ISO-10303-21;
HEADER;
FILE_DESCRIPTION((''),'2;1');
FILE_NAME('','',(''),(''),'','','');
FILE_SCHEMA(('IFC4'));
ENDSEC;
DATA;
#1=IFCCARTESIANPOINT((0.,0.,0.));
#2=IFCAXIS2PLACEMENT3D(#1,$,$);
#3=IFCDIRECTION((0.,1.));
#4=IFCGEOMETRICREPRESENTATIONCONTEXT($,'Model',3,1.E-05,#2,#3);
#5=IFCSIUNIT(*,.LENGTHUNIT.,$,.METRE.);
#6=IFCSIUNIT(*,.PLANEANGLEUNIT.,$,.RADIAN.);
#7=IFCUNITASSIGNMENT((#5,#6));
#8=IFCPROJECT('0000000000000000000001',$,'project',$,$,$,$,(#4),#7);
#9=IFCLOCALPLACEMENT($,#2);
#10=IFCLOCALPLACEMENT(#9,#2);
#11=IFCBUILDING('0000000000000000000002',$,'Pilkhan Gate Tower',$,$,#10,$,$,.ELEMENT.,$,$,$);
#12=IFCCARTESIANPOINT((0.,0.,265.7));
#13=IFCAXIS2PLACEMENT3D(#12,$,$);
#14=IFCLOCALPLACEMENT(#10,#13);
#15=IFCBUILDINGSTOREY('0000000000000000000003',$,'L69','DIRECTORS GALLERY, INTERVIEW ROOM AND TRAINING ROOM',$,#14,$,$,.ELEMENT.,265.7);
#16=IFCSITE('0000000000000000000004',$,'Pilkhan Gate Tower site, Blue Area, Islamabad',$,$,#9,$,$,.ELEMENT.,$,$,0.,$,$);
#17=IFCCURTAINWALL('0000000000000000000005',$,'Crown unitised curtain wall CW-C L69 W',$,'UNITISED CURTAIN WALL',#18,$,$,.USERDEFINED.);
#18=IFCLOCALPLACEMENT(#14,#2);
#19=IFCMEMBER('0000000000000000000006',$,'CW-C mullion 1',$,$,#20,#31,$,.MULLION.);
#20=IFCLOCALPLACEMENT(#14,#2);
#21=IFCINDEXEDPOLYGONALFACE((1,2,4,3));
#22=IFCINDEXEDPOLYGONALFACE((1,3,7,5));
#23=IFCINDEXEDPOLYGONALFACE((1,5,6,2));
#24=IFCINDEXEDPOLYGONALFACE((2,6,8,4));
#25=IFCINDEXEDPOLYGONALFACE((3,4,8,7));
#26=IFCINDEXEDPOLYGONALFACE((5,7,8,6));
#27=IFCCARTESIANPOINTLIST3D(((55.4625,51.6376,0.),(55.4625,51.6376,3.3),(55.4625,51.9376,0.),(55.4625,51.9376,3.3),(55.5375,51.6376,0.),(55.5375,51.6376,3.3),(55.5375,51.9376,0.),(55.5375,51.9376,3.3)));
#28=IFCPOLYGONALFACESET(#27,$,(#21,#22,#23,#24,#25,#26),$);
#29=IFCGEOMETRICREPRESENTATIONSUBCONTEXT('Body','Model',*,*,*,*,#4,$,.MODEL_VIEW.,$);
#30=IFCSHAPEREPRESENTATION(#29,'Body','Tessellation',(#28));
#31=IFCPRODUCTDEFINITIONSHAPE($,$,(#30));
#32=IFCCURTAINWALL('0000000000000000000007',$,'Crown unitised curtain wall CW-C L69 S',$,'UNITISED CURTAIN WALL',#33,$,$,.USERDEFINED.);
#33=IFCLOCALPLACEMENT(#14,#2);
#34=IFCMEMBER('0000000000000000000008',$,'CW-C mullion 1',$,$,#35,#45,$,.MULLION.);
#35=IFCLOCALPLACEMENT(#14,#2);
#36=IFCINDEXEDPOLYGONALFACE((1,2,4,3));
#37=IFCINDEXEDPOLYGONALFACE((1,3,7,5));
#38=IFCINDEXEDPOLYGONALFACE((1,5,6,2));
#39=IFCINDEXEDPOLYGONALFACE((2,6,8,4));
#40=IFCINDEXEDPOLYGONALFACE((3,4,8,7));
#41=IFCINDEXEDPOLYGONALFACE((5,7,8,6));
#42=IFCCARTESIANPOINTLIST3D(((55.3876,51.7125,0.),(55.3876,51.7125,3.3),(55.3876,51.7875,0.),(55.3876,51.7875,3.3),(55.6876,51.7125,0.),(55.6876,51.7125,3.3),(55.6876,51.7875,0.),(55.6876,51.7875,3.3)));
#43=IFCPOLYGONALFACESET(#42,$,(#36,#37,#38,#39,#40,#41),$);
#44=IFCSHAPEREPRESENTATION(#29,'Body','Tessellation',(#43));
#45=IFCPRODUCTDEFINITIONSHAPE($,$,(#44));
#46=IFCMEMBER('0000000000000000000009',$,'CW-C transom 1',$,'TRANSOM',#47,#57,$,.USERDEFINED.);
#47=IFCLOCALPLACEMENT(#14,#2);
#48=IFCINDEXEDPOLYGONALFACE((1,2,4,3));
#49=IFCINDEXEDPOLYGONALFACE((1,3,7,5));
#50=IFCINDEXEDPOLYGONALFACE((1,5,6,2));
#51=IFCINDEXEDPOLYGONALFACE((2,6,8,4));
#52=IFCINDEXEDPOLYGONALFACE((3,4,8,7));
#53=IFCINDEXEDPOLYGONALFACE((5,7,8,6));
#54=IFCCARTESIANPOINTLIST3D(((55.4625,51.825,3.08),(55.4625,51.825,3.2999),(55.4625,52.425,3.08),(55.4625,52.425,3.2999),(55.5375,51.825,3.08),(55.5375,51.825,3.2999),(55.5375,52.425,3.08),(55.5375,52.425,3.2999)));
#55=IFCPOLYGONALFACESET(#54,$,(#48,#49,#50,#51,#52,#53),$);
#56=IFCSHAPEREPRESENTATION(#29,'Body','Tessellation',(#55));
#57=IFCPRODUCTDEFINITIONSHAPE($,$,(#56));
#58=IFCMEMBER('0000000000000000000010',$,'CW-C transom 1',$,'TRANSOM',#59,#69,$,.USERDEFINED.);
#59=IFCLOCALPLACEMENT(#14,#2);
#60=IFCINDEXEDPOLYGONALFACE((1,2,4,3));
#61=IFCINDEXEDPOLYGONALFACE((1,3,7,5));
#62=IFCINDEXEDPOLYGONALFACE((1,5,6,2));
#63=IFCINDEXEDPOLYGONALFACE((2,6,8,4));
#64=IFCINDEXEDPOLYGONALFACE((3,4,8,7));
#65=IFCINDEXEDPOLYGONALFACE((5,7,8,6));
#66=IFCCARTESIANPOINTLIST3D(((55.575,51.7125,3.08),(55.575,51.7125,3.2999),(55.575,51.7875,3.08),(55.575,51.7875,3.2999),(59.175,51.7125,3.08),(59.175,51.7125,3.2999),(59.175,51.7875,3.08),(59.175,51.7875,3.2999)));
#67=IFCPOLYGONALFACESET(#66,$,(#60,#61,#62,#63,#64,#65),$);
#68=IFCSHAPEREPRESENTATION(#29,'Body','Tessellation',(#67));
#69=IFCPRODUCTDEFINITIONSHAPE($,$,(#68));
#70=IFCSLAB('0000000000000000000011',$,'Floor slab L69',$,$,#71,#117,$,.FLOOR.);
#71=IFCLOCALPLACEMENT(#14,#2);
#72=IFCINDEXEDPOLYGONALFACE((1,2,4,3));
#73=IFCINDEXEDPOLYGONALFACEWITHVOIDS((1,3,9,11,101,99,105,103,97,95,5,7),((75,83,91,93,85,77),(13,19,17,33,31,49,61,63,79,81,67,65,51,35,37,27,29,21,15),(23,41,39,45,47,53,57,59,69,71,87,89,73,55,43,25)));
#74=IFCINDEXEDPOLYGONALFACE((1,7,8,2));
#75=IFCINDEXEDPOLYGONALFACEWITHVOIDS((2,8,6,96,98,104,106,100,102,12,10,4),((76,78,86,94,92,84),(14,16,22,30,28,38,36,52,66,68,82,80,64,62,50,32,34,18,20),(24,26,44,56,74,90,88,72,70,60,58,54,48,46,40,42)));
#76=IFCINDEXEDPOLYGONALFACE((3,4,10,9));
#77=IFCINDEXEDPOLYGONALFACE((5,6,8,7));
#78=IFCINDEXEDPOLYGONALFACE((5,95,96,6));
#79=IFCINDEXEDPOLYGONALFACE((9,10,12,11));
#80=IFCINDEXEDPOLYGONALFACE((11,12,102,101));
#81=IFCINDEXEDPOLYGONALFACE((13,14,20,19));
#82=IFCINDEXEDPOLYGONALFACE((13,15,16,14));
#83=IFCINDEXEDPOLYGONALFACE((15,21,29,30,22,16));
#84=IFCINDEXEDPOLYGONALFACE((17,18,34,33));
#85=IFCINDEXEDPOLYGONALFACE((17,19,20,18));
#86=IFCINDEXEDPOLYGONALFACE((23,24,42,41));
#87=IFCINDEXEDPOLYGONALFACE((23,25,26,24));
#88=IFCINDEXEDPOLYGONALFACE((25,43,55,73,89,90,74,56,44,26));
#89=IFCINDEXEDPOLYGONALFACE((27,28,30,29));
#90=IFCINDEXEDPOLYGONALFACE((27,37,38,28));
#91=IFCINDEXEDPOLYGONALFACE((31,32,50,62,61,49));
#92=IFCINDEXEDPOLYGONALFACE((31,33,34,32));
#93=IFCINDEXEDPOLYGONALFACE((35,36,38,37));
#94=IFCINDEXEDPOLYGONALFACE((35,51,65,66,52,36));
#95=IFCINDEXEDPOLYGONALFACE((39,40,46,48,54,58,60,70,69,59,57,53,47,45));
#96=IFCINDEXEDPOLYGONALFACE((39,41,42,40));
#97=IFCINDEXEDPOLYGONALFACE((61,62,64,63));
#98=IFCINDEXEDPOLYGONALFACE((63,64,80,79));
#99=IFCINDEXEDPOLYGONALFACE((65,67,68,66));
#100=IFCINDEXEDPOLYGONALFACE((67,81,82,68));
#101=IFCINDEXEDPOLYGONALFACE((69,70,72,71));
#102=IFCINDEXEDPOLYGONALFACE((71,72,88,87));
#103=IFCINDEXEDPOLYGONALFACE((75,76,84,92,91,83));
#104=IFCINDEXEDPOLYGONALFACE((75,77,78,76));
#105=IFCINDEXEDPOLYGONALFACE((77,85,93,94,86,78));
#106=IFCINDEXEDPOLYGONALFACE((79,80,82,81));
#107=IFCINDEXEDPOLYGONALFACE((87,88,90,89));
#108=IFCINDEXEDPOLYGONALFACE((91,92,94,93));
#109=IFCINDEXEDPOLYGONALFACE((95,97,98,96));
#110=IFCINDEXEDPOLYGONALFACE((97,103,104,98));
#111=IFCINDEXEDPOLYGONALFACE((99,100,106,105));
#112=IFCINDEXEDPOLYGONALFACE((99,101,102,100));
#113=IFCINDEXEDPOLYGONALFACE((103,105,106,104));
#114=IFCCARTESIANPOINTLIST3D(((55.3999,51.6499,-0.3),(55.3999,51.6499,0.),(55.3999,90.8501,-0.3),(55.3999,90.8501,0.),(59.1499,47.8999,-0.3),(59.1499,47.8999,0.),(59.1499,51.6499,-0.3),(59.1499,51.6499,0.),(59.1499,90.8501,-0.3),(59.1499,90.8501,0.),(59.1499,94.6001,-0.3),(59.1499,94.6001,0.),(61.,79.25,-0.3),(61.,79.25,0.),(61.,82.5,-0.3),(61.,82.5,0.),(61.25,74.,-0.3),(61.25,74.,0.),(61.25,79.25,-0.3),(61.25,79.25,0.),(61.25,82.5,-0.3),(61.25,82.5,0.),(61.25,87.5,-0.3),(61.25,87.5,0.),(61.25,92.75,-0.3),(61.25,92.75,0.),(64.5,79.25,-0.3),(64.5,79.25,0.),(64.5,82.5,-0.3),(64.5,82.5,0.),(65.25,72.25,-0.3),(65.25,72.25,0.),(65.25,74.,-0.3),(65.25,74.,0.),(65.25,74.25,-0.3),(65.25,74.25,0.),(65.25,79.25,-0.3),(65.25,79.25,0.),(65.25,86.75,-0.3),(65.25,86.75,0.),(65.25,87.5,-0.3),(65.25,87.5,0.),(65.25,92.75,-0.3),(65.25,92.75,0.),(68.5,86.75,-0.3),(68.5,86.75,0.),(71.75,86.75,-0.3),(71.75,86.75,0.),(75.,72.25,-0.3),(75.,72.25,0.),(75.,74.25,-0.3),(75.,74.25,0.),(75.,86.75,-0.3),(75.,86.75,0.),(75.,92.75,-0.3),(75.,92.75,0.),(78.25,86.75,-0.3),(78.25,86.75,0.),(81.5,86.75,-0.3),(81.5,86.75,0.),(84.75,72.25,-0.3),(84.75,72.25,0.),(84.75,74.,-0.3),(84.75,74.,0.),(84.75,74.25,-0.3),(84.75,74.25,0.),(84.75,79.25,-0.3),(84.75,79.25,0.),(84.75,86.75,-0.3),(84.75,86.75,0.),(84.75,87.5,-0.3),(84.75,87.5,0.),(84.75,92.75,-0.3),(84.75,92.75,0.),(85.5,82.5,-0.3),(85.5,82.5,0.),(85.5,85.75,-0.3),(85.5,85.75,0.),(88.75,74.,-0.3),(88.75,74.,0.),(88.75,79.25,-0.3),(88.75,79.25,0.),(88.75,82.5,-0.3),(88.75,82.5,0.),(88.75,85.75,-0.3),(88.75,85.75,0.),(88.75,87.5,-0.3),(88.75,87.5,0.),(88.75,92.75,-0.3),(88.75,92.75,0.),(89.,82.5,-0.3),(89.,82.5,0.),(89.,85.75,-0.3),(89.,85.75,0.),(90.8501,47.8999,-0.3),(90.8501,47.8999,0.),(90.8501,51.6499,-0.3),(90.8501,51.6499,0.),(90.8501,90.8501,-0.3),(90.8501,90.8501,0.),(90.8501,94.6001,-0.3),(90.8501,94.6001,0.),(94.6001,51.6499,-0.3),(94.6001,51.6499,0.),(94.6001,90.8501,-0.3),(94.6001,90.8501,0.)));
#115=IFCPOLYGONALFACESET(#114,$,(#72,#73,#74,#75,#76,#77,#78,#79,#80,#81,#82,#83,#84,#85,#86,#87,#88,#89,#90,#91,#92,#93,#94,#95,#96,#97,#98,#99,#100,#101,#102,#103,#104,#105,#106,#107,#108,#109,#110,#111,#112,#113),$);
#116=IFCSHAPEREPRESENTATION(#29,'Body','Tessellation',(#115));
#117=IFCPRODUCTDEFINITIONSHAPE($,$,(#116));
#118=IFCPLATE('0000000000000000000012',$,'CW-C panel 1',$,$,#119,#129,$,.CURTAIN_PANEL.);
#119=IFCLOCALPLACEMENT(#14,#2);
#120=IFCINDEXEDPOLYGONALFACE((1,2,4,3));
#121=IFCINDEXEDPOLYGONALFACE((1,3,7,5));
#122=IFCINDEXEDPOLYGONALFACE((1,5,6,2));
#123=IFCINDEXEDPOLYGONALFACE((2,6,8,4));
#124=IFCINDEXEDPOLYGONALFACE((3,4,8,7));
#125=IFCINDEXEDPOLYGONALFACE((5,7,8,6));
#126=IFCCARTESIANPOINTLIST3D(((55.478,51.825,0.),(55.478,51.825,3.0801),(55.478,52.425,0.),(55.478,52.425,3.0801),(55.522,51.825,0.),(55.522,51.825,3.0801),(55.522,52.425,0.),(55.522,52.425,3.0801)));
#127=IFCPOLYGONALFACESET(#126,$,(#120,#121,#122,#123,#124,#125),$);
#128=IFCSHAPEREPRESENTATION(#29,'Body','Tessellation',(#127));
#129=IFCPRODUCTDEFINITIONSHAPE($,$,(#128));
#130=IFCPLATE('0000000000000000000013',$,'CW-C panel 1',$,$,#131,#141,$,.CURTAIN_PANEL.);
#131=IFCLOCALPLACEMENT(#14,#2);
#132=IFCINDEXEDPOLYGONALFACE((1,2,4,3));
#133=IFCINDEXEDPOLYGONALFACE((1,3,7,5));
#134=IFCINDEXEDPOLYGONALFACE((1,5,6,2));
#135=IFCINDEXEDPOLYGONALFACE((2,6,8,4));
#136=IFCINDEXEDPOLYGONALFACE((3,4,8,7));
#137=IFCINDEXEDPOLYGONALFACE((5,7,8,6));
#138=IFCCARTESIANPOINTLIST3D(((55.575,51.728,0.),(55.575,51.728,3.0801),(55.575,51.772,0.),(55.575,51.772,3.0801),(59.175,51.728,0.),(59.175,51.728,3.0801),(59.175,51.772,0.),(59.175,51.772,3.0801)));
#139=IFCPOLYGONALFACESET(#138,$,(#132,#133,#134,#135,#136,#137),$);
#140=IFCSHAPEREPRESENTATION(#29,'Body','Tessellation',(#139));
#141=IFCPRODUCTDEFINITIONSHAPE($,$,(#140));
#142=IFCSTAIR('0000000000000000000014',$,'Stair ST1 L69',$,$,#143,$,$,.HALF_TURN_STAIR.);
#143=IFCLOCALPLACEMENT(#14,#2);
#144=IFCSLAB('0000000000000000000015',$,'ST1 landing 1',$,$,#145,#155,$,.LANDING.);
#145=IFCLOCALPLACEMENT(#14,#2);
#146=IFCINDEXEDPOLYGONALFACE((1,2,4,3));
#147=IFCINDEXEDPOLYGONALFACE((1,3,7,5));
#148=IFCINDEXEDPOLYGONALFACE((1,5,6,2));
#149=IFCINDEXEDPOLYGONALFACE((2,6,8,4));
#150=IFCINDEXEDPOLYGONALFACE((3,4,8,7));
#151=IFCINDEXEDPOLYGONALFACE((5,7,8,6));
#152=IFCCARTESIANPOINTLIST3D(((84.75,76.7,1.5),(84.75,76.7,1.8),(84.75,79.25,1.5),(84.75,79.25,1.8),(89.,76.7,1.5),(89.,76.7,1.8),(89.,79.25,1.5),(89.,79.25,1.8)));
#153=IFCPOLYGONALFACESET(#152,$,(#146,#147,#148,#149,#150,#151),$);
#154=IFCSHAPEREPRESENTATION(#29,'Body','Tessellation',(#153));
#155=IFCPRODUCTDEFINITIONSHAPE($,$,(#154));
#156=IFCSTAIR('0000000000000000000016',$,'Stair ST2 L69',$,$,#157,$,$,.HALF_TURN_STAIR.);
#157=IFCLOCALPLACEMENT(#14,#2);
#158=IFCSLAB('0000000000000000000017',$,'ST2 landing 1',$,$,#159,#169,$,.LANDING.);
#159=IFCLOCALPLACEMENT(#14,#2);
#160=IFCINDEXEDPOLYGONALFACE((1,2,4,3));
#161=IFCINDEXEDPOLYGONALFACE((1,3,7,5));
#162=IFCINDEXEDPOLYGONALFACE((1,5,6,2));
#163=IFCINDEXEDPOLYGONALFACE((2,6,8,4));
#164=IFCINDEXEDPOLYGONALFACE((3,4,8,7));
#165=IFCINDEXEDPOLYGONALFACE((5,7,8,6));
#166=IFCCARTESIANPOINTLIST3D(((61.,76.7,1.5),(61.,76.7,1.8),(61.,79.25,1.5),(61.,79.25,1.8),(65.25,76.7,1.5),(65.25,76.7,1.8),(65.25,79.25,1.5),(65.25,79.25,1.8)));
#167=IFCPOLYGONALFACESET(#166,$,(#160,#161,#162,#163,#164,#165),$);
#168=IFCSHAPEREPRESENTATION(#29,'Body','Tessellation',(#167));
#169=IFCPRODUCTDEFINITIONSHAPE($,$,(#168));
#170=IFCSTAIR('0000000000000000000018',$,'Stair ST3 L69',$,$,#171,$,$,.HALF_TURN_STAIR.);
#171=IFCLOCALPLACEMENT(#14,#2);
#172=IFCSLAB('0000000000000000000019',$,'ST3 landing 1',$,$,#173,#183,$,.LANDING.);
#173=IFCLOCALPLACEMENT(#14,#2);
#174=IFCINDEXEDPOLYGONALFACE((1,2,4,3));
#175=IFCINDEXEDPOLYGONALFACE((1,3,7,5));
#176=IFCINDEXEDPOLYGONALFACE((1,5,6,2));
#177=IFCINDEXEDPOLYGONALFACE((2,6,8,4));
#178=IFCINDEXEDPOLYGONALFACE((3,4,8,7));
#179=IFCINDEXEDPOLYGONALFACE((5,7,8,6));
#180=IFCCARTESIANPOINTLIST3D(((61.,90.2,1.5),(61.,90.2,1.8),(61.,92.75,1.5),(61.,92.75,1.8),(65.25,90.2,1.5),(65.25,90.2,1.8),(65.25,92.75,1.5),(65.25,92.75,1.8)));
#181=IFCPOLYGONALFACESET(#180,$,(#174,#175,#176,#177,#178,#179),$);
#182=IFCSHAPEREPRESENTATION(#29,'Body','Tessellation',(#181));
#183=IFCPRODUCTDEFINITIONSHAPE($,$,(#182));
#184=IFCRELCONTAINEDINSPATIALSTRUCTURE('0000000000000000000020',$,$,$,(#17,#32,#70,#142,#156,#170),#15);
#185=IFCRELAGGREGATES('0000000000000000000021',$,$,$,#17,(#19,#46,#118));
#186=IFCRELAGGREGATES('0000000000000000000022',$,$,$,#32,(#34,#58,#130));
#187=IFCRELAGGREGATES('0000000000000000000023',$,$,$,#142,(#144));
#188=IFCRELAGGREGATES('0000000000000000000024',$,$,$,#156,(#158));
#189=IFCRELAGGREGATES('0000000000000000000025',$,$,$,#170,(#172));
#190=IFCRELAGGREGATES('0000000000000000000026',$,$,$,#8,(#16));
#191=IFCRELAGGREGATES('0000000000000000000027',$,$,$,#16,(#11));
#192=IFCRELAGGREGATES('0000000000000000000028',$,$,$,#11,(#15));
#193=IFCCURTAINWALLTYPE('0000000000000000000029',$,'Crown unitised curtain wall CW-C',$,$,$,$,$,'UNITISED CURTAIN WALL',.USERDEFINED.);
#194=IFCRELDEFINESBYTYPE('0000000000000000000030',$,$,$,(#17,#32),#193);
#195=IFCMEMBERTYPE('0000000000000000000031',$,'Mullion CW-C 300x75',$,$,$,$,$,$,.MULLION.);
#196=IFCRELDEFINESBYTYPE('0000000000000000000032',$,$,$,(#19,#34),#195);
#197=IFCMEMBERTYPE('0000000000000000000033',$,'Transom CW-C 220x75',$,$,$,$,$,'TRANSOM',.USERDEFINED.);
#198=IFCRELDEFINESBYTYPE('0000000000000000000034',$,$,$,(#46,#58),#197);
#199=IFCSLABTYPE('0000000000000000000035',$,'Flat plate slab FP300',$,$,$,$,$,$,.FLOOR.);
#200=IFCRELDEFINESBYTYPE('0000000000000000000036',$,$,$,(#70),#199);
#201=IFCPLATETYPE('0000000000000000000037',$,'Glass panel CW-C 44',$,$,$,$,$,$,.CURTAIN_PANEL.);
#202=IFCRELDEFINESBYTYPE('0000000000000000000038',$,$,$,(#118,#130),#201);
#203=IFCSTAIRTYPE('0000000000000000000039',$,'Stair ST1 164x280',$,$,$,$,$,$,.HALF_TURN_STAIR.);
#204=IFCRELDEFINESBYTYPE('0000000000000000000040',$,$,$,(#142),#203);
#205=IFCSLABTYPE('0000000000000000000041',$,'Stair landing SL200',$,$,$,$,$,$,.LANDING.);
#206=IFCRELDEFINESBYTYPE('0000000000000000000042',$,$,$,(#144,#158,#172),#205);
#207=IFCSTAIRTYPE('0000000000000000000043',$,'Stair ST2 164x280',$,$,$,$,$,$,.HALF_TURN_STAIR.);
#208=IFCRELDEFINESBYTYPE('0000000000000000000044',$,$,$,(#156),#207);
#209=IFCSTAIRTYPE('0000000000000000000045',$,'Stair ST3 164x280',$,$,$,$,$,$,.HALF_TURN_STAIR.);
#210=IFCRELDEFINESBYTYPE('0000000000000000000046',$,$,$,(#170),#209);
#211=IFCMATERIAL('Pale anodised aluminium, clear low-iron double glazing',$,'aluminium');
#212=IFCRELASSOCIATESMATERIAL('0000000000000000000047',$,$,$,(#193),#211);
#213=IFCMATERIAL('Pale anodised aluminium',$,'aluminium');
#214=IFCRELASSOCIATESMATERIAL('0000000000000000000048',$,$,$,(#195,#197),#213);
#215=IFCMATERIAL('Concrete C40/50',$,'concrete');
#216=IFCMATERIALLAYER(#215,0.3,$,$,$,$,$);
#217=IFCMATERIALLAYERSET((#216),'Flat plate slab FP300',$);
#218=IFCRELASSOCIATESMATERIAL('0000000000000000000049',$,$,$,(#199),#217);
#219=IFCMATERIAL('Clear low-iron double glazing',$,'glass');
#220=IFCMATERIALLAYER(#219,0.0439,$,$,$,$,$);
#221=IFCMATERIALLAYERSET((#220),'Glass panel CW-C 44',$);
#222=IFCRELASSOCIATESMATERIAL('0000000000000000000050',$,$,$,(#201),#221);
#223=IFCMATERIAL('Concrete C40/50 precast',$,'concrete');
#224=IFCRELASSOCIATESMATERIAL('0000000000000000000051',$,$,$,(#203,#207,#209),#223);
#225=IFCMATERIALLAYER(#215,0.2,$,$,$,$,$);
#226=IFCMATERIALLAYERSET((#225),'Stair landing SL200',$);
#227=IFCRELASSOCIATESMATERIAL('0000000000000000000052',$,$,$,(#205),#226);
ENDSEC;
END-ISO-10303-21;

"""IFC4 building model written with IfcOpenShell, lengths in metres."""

from ifc_helpers import new_model, si_unit, direction, frame, origin, origin_2d, place, context, subcontext, project, spatial, polyline, rectangle, outline, extrude, material, layer, layer_set, material_profile, profile_set, type_object, element, aggregate, save


model = new_model("IFC4")

# Units and contexts
model_context = context("Model", 3, precision=1e-05, world=origin(), true_north=direction((0.0, 1.0)))
body_context = subcontext(model_context, "Body", "Model", "MODEL_VIEW")
ifc_project = project(units=[si_unit("LENGTHUNIT", "METRE"), si_unit("PLANEANGLEUNIT", "RADIAN")], contexts=[model_context])

# Site, building, storey
site_placement = place(None, origin())
site = spatial("IfcSite", under=ifc_project, at=site_placement, Name="Pilkhan Gate Tower site, Blue Area, Islamabad", CompositionType="ELEMENT", RefElevation=0.0)
building_placement = place(site_placement, origin())
building = spatial("IfcBuilding", under=site, at=building_placement, Name="Pilkhan Gate Tower", CompositionType="ELEMENT")
storey_placement = place(building_placement, frame((0.0, 0.0, 265.7)))
storey = spatial("IfcBuildingStorey", under=building, at=storey_placement, Name="L69", Description="DIRECTORS GALLERY, INTERVIEW ROOM AND TRAINING ROOM", CompositionType="ELEMENT", Elevation=265.7)

# Curtain walls, members
ifc_material_1 = material(Name="Pale anodised aluminium, clear low-iron double glazing", Category="aluminium")
curtain_wall_type = type_object("IfcCurtainWallType", Name="Crown unitised curtain wall CW-C", ElementType="UNITISED CURTAIN WALL", PredefinedType="USERDEFINED", material=ifc_material_1)
curtain_wall_1_placement = place(storey_placement, origin())
curtain_wall_1 = element("IfcCurtainWall", 1, at=curtain_wall_1_placement, inside=storey, type_object=curtain_wall_type, Name="Crown unitised curtain wall CW-C L69 W", ObjectType="UNITISED CURTAIN WALL", PredefinedType="USERDEFINED")
ifc_material_2 = material(Name="Pale anodised aluminium", Category="aluminium")
ifc_material_profile_1 = material_profile(ifc_material_2, rectangle(XDim=0.075, YDim=0.3, at=origin_2d()), Name="Mullion 300x75")
ifc_profile_set_1 = profile_set([ifc_material_profile_1], Name="Pale anodised aluminium")
member_type_1 = type_object("IfcMemberType", Name="Mullion CW-C 300x75", PredefinedType="MULLION", material=ifc_profile_set_1)
member_1_placement = place(storey_placement, frame((55.5, 51.7876, 0.0), z_axis=(0.0, 0.0, 1.0), x_axis=(-1.0, 0.0, 0.0)))
member_1 = element("IfcMember", 2, at=member_1_placement, type_object=member_type_1, Name="CW-C mullion 1", PredefinedType="MULLION", context=body_context, shape_type="SweptSolid", body=[
    extrude(rectangle(XDim=0.075, YDim=0.3, at=origin_2d()), origin(), (0.0, 0.0, 1.0), 3.3),
])
curtain_wall_2_placement = place(storey_placement, origin())
curtain_wall_2 = element("IfcCurtainWall", 3, at=curtain_wall_2_placement, inside=storey, type_object=curtain_wall_type, Name="Crown unitised curtain wall CW-C L69 S", ObjectType="UNITISED CURTAIN WALL", PredefinedType="USERDEFINED")
member_2_placement = place(storey_placement, frame((55.5376, 51.75, 0.0), z_axis=(0.0, 0.0, 1.0), x_axis=(0.0, 1.0, 0.0)))
member_2 = element("IfcMember", 4, at=member_2_placement, type_object=member_type_1, Name="CW-C mullion 1", PredefinedType="MULLION", context=body_context, shape_type="SweptSolid", body=[
    extrude(rectangle(XDim=0.075, YDim=0.3, at=origin_2d()), origin(), (0.0, 0.0, 1.0), 3.3),
])

# Members
ifc_material_profile_2 = material_profile(ifc_material_2, rectangle(XDim=0.075, YDim=0.22, at=origin_2d()), Name="Transom 220x75")
ifc_profile_set_2 = profile_set([ifc_material_profile_2], Name="Pale anodised aluminium")
member_type_2 = type_object("IfcMemberType", Name="Transom CW-C 220x75", ElementType="TRANSOM", PredefinedType="USERDEFINED", material=ifc_profile_set_2)
member_3_placement = place(storey_placement, frame((55.5, 51.825, 3.1899), z_axis=(0.0, 1.0, 0.0), x_axis=(-1.0, 0.0, 0.0)))
member_3 = element("IfcMember", 5, at=member_3_placement, type_object=member_type_2, Name="CW-C transom 1", ObjectType="TRANSOM", PredefinedType="USERDEFINED", context=body_context, shape_type="SweptSolid", body=[
    extrude(rectangle(XDim=0.075, YDim=0.22, at=origin_2d()), origin(), (0.0, 0.0, 1.0), 0.6001),
])
member_4_placement = place(storey_placement, frame((55.575, 51.75, 3.1899), z_axis=(1.0, 0.0, 0.0), x_axis=(0.0, 1.0, 0.0)))
member_4 = element("IfcMember", 6, at=member_4_placement, type_object=member_type_2, Name="CW-C transom 1", ObjectType="TRANSOM", PredefinedType="USERDEFINED", context=body_context, shape_type="SweptSolid", body=[
    extrude(rectangle(XDim=0.075, YDim=0.22, at=origin_2d()), origin(), (0.0, 0.0, 1.0), 3.6001),
])

# Slab
ifc_material_3 = material(Name="Concrete C40/50", Category="concrete")
ifc_layer_1 = layer(ifc_material_3, 0.3)
ifc_layer_set_1 = layer_set([ifc_layer_1], Name="Flat plate slab FP300")
slab_type_1 = type_object("IfcSlabType", Name="Flat plate slab FP300", PredefinedType="FLOOR", material=ifc_layer_set_1)
slab_1_placement = place(storey_placement, frame((0.0, 0.0, -0.3)))
element("IfcSlab", 7, at=slab_1_placement, inside=storey, type_object=slab_type_1, Name="Floor slab L69", PredefinedType="FLOOR", context=body_context, shape_type="SweptSolid", body=[
    extrude(outline(polyline([(90.8501, 47.8999), (59.1499, 47.8999), (59.1499, 51.6499), (55.3999, 51.6499), (55.3999, 90.8501), (59.1499, 90.8501), (59.1499, 94.6001), (90.8501, 94.6001), (90.8501, 90.8501), (94.6001, 90.8501), (94.6001, 51.6499), (90.8501, 51.6499), (90.8501, 47.8999)]), holes=[polyline([(68.5, 86.75), (71.75, 86.75), (75.0, 86.75), (78.25, 86.75), (81.5, 86.75), (84.75, 86.75), (84.75, 87.5), (88.75, 87.5), (88.75, 92.75), (84.75, 92.75), (75.0, 92.75), (65.25, 92.75), (61.25, 92.75), (61.25, 87.5), (65.25, 87.5), (65.25, 86.75), (68.5, 86.75)]), polyline([(84.75, 74.25), (75.0, 74.25), (65.25, 74.25), (65.25, 79.25), (64.5, 79.25), (64.5, 82.5), (61.25, 82.5), (61.0, 82.5), (61.0, 79.25), (61.25, 79.25), (61.25, 74.0), (65.25, 74.0), (65.25, 72.25), (75.0, 72.25), (84.75, 72.25), (84.75, 74.0), (88.75, 74.0), (88.75, 79.25), (84.75, 79.25), (84.75, 74.25)]), polyline([(85.5, 85.75), (85.5, 82.5), (88.75, 82.5), (89.0, 82.5), (89.0, 85.75), (88.75, 85.75), (85.5, 85.75)])]), origin(), (0.0, 0.0, 1.0), 0.3),
])

# Plates
ifc_material_4 = material(Name="Clear low-iron double glazing", Category="glass")
ifc_layer_2 = layer(ifc_material_4, 0.0439)
ifc_layer_set_2 = layer_set([ifc_layer_2], Name="Glass panel CW-C 44")
plate_type = type_object("IfcPlateType", Name="Glass panel CW-C 44", PredefinedType="CURTAIN_PANEL", material=ifc_layer_set_2)
plate_1_placement = place(storey_placement, frame((55.5, 52.125, 0.0), z_axis=(0.0, 0.0, 1.0), x_axis=(0.0, 1.0, 0.0)))
plate_1 = element("IfcPlate", 8, at=plate_1_placement, type_object=plate_type, Name="CW-C panel 1", PredefinedType="CURTAIN_PANEL", context=body_context, shape_type="SweptSolid", body=[
    extrude(rectangle(XDim=0.6001, YDim=0.0439, at=origin_2d()), origin(), (0.0, 0.0, 1.0), 3.0801),
])
aggregate(curtain_wall_1, [member_1, member_3, plate_1])
plate_2_placement = place(storey_placement, frame((57.375, 51.75, 0.0), z_axis=(0.0, 0.0, 1.0), x_axis=(1.0, 0.0, 0.0)))
plate_2 = element("IfcPlate", 9, at=plate_2_placement, type_object=plate_type, Name="CW-C panel 1", PredefinedType="CURTAIN_PANEL", context=body_context, shape_type="SweptSolid", body=[
    extrude(rectangle(XDim=3.6001, YDim=0.0439, at=origin_2d()), origin(), (0.0, 0.0, 1.0), 3.0801),
])
aggregate(curtain_wall_2, [member_2, member_4, plate_2])

# Stairs, slabs
ifc_material_5 = material(Name="Concrete C40/50 precast", Category="concrete")
stair_type_1 = type_object("IfcStairType", Name="Stair ST1 164x280", PredefinedType="HALF_TURN_STAIR", material=ifc_material_5)
stair_1_placement = place(storey_placement, origin())
stair_1 = element("IfcStair", 10, at=stair_1_placement, inside=storey, type_object=stair_type_1, Name="Stair ST1 L69", PredefinedType="HALF_TURN_STAIR")
ifc_layer_3 = layer(ifc_material_3, 0.2)
ifc_layer_set_3 = layer_set([ifc_layer_3], Name="Stair landing SL200")
slab_type_2 = type_object("IfcSlabType", Name="Stair landing SL200", PredefinedType="LANDING", material=ifc_layer_set_3)
slab_2_placement = place(storey_placement, frame((0.0, 0.0, 1.5)))
slab_2 = element("IfcSlab", 11, at=slab_2_placement, type_object=slab_type_2, Name="ST1 landing 1", PredefinedType="LANDING", context=body_context, shape_type="SweptSolid", body=[
    extrude(outline(polyline([(89.0, 76.7), (89.0, 79.25), (84.75, 79.25), (84.75, 76.7), (89.0, 76.7)])), origin(), (0.0, 0.0, 1.0), 0.3),
])
aggregate(stair_1, [slab_2])
stair_type_2 = type_object("IfcStairType", Name="Stair ST2 164x280", PredefinedType="HALF_TURN_STAIR", material=ifc_material_5)
stair_2_placement = place(storey_placement, origin())
stair_2 = element("IfcStair", 12, at=stair_2_placement, inside=storey, type_object=stair_type_2, Name="Stair ST2 L69", PredefinedType="HALF_TURN_STAIR")
slab_3_placement = place(storey_placement, frame((0.0, 0.0, 1.5)))
slab_3 = element("IfcSlab", 13, at=slab_3_placement, type_object=slab_type_2, Name="ST2 landing 1", PredefinedType="LANDING", context=body_context, shape_type="SweptSolid", body=[
    extrude(outline(polyline([(65.25, 76.7), (65.25, 79.25), (61.0, 79.25), (61.0, 76.7), (65.25, 76.7)])), origin(), (0.0, 0.0, 1.0), 0.3),
])
aggregate(stair_2, [slab_3])
stair_type_3 = type_object("IfcStairType", Name="Stair ST3 164x280", PredefinedType="HALF_TURN_STAIR", material=ifc_material_5)
stair_3_placement = place(storey_placement, origin())
stair_3 = element("IfcStair", 14, at=stair_3_placement, inside=storey, type_object=stair_type_3, Name="Stair ST3 L69", PredefinedType="HALF_TURN_STAIR")
slab_4_placement = place(storey_placement, frame((0.0, 0.0, 1.5)))
slab_4 = element("IfcSlab", 15, at=slab_4_placement, type_object=slab_type_2, Name="ST3 landing 1", PredefinedType="LANDING", context=body_context, shape_type="SweptSolid", body=[
    extrude(outline(polyline([(65.25, 90.2), (65.25, 92.75), (61.0, 92.75), (61.0, 90.2), (65.25, 90.2)])), origin(), (0.0, 0.0, 1.0), 0.3),
])
aggregate(stair_3, [slab_4])

save(model, "model.ifc")
